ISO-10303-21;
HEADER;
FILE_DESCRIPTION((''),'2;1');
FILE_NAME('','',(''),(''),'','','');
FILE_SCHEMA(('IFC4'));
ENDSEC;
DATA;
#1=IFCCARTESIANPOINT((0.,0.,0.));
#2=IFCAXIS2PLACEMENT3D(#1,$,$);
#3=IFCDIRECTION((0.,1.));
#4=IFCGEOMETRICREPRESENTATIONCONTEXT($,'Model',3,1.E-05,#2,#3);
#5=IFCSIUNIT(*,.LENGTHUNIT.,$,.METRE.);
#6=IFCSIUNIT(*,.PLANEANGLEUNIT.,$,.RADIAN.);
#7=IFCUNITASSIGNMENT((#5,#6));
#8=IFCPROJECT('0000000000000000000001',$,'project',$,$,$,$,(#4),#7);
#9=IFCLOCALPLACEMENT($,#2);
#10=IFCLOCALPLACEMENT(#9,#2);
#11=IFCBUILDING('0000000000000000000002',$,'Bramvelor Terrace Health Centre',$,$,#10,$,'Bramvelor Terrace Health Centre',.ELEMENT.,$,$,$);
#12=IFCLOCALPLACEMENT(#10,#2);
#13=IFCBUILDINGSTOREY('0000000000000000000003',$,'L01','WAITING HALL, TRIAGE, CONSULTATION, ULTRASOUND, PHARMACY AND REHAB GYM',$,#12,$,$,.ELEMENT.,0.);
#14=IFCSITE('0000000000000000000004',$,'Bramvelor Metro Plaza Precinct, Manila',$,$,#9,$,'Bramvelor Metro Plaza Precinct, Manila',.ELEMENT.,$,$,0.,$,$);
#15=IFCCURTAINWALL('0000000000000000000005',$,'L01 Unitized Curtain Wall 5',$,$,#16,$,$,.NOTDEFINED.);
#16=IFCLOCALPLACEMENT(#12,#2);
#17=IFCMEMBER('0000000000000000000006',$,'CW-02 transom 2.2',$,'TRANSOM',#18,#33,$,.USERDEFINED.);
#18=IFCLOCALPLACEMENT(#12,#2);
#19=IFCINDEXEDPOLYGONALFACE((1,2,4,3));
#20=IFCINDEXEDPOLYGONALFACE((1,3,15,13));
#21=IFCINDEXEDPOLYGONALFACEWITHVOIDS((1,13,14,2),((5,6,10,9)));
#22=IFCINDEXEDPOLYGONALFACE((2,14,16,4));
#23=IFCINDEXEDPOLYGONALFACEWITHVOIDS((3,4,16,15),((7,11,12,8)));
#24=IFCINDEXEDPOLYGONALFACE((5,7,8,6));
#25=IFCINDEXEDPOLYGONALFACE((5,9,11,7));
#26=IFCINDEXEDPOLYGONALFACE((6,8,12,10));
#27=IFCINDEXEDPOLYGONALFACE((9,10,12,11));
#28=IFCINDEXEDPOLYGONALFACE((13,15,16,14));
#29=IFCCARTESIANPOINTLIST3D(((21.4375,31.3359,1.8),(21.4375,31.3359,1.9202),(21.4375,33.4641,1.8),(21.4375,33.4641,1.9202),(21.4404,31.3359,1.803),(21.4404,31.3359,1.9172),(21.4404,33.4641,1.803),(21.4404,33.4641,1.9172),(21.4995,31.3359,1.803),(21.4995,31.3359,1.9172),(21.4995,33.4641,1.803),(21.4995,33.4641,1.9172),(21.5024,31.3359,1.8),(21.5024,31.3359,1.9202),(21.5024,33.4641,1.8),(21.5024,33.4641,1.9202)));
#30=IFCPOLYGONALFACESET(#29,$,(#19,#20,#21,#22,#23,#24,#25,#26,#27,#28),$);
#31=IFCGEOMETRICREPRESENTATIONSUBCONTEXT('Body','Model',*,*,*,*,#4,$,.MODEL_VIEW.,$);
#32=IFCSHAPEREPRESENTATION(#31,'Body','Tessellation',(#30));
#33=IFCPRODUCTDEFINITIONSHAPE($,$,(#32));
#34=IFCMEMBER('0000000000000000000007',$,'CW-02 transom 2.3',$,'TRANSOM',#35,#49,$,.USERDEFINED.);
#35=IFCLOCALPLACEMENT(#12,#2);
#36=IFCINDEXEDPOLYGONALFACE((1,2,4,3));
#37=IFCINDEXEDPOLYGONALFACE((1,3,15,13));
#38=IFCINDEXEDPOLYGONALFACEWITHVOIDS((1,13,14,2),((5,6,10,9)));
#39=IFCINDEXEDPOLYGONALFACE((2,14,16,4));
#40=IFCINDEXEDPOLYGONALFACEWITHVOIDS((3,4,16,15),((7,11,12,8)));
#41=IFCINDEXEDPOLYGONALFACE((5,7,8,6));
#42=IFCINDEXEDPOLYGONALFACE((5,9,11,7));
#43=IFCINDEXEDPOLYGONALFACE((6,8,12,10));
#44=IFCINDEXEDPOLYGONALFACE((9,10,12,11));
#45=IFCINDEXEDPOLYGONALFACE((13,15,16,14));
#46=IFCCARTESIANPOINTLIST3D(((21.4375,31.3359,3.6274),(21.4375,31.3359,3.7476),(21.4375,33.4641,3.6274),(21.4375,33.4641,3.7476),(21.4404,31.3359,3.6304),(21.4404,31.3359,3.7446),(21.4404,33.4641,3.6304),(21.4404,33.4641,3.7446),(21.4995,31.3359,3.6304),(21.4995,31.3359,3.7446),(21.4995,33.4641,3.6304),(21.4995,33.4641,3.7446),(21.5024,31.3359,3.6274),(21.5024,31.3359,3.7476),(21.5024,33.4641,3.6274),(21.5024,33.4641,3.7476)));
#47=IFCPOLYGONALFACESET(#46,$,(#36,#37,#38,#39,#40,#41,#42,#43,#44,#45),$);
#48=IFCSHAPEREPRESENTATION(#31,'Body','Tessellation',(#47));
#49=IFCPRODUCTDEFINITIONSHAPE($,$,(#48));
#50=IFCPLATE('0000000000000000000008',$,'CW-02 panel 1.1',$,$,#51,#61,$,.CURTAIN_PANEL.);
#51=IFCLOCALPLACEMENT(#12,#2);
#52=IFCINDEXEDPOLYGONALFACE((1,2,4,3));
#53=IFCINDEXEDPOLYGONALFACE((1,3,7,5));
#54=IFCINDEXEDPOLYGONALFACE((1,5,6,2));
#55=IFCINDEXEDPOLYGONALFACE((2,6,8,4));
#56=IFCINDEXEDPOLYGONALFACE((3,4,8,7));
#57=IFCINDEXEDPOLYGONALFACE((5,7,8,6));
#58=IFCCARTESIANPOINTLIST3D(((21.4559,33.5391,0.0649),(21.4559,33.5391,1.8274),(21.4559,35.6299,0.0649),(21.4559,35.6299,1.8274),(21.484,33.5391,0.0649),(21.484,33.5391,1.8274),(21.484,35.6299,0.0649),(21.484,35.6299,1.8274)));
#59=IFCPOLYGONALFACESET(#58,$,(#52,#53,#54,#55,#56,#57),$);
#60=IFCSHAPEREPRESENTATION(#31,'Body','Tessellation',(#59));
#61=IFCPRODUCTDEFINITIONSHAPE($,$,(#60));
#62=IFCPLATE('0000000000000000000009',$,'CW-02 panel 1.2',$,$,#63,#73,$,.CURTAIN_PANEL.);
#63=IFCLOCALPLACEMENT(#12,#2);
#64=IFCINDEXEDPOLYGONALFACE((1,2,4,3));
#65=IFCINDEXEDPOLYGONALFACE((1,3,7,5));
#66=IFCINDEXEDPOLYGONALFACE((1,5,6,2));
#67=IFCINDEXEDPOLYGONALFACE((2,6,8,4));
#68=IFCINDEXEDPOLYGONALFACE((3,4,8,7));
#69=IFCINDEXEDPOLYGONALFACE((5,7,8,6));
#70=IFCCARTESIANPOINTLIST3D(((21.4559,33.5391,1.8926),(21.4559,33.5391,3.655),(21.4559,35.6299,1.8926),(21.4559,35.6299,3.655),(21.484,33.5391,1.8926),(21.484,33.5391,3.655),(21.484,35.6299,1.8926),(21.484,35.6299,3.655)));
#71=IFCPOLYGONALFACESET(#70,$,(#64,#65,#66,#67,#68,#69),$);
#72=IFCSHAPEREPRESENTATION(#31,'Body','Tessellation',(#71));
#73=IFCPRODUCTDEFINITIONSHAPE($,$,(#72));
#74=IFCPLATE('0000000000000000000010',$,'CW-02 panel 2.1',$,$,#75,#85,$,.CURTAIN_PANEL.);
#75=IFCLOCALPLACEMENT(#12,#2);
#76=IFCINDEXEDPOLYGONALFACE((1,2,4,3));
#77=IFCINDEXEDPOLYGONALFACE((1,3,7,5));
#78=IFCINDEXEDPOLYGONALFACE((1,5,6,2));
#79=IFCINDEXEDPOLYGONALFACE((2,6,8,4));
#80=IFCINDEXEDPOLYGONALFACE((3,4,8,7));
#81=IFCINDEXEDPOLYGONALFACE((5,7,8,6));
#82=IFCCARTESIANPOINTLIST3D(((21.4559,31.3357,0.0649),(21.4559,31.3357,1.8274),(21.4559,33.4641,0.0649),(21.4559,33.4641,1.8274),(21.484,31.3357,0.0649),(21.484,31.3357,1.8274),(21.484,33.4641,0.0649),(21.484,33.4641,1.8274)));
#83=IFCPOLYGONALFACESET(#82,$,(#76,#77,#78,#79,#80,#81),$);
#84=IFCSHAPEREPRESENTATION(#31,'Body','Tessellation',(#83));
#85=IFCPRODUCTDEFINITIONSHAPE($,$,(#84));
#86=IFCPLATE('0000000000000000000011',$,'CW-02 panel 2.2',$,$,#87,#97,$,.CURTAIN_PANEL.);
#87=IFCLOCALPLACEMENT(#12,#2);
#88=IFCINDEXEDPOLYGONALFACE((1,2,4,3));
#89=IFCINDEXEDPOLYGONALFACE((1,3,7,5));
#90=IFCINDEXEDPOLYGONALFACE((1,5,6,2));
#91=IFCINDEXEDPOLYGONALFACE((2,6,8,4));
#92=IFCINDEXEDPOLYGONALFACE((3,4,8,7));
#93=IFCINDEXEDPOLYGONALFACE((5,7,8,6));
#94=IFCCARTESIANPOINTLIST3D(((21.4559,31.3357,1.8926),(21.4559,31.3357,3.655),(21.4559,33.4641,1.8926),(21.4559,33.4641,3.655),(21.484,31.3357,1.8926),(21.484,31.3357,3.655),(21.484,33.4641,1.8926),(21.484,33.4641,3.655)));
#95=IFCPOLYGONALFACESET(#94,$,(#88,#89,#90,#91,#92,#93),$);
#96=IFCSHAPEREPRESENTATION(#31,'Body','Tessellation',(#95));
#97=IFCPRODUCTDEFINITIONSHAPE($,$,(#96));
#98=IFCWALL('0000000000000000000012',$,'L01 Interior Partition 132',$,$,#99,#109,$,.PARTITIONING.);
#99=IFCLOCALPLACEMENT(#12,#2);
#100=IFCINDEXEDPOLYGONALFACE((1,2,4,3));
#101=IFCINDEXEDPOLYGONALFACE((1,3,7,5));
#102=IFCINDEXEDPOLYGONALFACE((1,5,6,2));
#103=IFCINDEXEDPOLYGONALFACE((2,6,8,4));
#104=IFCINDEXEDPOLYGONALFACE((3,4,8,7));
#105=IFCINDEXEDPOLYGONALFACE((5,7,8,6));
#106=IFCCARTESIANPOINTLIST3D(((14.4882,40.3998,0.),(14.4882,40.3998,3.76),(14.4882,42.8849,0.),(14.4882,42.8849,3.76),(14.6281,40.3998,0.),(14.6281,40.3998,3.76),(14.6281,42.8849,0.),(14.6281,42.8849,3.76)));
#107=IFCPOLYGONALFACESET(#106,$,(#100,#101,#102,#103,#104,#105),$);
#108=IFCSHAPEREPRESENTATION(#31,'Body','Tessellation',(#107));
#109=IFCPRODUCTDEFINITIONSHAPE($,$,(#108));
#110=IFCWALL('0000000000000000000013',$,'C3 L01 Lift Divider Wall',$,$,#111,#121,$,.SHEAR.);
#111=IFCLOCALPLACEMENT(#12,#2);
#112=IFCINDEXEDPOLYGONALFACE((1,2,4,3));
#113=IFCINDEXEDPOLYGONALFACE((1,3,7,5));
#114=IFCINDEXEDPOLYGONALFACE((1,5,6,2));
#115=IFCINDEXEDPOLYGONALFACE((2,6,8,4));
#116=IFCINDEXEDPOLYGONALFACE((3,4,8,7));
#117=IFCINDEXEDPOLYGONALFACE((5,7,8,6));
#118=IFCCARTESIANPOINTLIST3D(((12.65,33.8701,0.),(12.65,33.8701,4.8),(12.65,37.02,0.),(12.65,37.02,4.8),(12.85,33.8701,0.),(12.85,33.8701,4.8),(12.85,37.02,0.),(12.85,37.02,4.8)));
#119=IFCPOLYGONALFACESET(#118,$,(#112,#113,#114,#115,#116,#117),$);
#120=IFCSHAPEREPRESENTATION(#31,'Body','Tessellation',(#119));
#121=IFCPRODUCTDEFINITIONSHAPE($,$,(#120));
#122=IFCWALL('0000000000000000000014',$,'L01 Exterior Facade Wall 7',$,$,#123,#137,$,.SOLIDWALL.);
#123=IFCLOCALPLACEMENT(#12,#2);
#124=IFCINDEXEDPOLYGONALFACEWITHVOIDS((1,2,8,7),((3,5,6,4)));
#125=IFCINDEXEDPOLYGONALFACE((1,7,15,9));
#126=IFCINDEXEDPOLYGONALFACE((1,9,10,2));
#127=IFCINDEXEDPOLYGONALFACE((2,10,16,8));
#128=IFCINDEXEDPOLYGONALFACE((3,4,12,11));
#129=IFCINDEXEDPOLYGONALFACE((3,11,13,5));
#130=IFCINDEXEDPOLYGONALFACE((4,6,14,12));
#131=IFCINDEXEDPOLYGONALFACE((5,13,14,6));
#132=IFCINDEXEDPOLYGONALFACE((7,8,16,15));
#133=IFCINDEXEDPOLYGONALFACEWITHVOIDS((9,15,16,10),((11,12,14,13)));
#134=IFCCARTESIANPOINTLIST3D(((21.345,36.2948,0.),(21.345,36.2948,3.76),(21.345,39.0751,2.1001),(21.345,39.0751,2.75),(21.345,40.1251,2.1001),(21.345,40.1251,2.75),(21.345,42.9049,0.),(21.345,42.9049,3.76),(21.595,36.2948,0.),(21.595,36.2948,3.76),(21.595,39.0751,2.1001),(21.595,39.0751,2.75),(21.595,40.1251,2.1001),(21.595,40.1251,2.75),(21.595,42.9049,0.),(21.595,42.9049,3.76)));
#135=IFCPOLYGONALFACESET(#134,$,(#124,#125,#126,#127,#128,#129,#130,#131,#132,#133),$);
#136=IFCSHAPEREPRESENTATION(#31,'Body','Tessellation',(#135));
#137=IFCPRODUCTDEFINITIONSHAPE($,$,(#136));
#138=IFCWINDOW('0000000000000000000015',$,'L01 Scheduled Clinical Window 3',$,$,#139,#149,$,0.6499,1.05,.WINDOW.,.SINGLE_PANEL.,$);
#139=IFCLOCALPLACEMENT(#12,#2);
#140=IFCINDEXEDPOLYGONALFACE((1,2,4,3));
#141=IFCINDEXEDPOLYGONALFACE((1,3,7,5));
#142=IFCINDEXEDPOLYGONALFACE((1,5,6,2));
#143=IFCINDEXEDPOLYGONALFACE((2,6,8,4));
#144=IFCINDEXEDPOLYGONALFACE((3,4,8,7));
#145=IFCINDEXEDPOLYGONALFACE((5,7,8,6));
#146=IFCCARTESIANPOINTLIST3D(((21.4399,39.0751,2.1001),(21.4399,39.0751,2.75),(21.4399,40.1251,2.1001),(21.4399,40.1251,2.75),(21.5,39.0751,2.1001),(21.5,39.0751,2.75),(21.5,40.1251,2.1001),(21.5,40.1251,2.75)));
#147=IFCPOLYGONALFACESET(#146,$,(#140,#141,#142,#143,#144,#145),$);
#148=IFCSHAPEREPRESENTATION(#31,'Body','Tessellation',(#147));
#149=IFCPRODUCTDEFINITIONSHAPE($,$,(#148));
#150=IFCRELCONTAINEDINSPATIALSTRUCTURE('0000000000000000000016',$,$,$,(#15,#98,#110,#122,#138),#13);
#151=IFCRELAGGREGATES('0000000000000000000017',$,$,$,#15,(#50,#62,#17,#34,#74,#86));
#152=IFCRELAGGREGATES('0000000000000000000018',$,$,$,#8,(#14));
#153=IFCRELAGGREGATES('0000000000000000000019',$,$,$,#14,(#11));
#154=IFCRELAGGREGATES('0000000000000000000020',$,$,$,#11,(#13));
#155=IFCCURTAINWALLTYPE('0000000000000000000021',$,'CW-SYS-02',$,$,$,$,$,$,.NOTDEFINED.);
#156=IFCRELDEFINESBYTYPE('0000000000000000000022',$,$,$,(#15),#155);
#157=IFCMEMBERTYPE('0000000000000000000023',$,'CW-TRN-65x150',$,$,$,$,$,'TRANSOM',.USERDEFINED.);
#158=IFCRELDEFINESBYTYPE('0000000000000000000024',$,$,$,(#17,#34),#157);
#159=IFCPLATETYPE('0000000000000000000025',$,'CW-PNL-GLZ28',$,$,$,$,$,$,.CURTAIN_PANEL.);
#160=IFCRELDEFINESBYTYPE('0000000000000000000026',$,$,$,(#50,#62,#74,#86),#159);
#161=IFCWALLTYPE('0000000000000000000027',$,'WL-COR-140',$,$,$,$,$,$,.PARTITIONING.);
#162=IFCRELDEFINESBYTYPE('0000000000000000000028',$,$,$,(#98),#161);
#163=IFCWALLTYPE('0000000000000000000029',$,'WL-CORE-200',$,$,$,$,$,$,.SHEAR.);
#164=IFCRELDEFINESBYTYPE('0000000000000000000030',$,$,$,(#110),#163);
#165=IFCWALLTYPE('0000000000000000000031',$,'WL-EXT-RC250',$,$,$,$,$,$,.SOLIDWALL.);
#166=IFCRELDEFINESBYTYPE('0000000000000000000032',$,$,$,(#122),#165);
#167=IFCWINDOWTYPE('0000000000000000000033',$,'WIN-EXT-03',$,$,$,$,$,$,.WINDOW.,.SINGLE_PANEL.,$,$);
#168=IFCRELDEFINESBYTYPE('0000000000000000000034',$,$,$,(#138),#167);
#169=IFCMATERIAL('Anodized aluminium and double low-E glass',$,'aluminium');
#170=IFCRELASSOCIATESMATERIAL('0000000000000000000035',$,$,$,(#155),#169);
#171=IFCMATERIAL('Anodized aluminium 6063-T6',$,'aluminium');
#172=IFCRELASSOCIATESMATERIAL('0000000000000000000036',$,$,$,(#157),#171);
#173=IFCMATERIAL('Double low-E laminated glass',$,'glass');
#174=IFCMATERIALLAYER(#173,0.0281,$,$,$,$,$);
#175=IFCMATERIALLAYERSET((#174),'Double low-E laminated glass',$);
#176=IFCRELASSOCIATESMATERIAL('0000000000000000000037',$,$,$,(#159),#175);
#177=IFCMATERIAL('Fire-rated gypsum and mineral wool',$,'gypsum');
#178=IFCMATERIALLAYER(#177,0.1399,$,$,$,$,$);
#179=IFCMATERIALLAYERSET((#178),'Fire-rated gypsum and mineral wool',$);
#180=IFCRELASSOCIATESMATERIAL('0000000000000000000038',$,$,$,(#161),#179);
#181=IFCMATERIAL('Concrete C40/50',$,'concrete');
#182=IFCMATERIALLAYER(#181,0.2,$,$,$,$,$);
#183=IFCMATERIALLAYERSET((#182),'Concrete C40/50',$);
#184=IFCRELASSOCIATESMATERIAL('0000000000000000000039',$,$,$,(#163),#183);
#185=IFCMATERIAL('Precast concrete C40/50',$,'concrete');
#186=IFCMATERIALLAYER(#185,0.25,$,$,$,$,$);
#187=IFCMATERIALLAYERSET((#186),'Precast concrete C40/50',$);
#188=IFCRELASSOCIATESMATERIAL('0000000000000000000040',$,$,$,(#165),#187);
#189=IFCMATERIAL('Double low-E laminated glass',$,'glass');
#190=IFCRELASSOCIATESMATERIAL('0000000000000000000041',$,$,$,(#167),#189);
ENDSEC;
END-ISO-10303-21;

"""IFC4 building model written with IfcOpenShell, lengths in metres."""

from ifc_helpers import new_model, si_unit, direction, frame, frame_2d, origin, origin_2d, place, context, subcontext, project, spatial, rectangle, hollow_rectangle, extrude, material, layer, layer_set, material_profile, profile_set, type_object, element, fill, aggregate, save


model = new_model("IFC4")

# Units and contexts
model_context = context("Model", 3, precision=1e-05, world=origin(), true_north=direction((0.0, 1.0)))
body_context = subcontext(model_context, "Body", "Model", "MODEL_VIEW")
ifc_project = project(units=[si_unit("LENGTHUNIT", "METRE"), si_unit("PLANEANGLEUNIT", "RADIAN")], contexts=[model_context])

# Site, building, storey
site_placement = place(None, origin())
site = spatial("IfcSite", under=ifc_project, at=site_placement, Name="Bramvelor Metro Plaza Precinct, Manila", LongName="Bramvelor Metro Plaza Precinct, Manila", CompositionType="ELEMENT", RefElevation=0.0)
building_placement = place(site_placement, origin())
building = spatial("IfcBuilding", under=site, at=building_placement, Name="Bramvelor Terrace Health Centre", LongName="Bramvelor Terrace Health Centre", CompositionType="ELEMENT")
storey_placement = place(building_placement, origin())
storey = spatial("IfcBuildingStorey", under=building, at=storey_placement, Name="L01", Description="WAITING HALL, TRIAGE, CONSULTATION, ULTRASOUND, PHARMACY AND REHAB GYM", CompositionType="ELEMENT", Elevation=0.0)

# Curtain wall, members, plates
ifc_material_1 = material(Name="Anodized aluminium and double low-E glass", Category="aluminium")
curtain_wall_type = type_object("IfcCurtainWallType", Name="CW-SYS-02", PredefinedType="NOTDEFINED", material=ifc_material_1)
curtain_wall_placement = place(storey_placement, origin())
curtain_wall = element("IfcCurtainWall", 1, at=curtain_wall_placement, inside=storey, type_object=curtain_wall_type, Name="L01 Unitized Curtain Wall 5", PredefinedType="NOTDEFINED")
ifc_material_2 = material(Name="Anodized aluminium 6063-T6", Category="aluminium")
ifc_material_profile_1 = material_profile(ifc_material_2, hollow_rectangle(XDim=0.0649, YDim=0.1201, WallThickness=0.0029, at=origin_2d()), Name="ALU-TRN 65x120x3.0")
ifc_profile_set_1 = profile_set([ifc_material_profile_1], Name="Anodized aluminium 6063-T6")
member_type_1 = type_object("IfcMemberType", Name="CW-TRN-65x150", ElementType="TRANSOM", PredefinedType="USERDEFINED", material=ifc_profile_set_1)
member_1_placement = place(storey_placement, frame((21.47, 33.4641, 1.8601), z_axis=(0.0, -1.0, 0.0), x_axis=(1.0, 0.0, 0.0)))
member_1 = element("IfcMember", 2, at=member_1_placement, type_object=member_type_1, Name="CW-02 transom 2.2", ObjectType="TRANSOM", PredefinedType="USERDEFINED", context=body_context, shape_type="SweptSolid", body=[
    extrude(hollow_rectangle(XDim=0.0649, YDim=0.1201, WallThickness=0.0029, at=origin_2d()), origin(), (0.0, 0.0, 1.0), 2.1282),
])
member_2_placement = place(storey_placement, frame((21.47, 33.4641, 3.6875), z_axis=(0.0, -1.0, 0.0), x_axis=(1.0, 0.0, 0.0)))
member_2 = element("IfcMember", 3, at=member_2_placement, type_object=member_type_1, Name="CW-02 transom 2.3", ObjectType="TRANSOM", PredefinedType="USERDEFINED", context=body_context, shape_type="SweptSolid", body=[
    extrude(hollow_rectangle(XDim=0.0649, YDim=0.1201, WallThickness=0.0029, at=origin_2d()), origin(), (0.0, 0.0, 1.0), 2.1282),
])
ifc_material_3 = material(Name="Double low-E laminated glass", Category="glass")
ifc_layer_1 = layer(ifc_material_3, 0.0281)
ifc_layer_set_1 = layer_set([ifc_layer_1], Name="Double low-E laminated glass")
plate_type = type_object("IfcPlateType", Name="CW-PNL-GLZ28", PredefinedType="CURTAIN_PANEL", material=ifc_layer_set_1)
plate_1_placement = place(storey_placement, frame((21.47, 34.5845, 0.0649), z_axis=(0.0, 0.0, 1.0), x_axis=(0.0, -1.0, 0.0)))
plate_1 = element("IfcPlate", 4, at=plate_1_placement, type_object=plate_type, Name="CW-02 panel 1.1", PredefinedType="CURTAIN_PANEL", context=body_context, shape_type="SweptSolid", body=[
    extrude(rectangle(XDim=2.0908, YDim=0.0281, at=origin_2d()), origin(), (0.0, 0.0, 1.0), 1.7625),
])
plate_2_placement = place(storey_placement, frame((21.47, 34.5845, 1.8926), z_axis=(0.0, 0.0, 1.0), x_axis=(0.0, -1.0, 0.0)))
plate_2 = element("IfcPlate", 5, at=plate_2_placement, type_object=plate_type, Name="CW-02 panel 1.2", PredefinedType="CURTAIN_PANEL", context=body_context, shape_type="SweptSolid", body=[
    extrude(rectangle(XDim=2.0908, YDim=0.0281, at=origin_2d()), origin(), (0.0, 0.0, 1.0), 1.7625),
])
plate_3_placement = place(storey_placement, frame((21.47, 32.3999, 0.0649), z_axis=(0.0, 0.0, 1.0), x_axis=(0.0, -1.0, 0.0)))
plate_3 = element("IfcPlate", 6, at=plate_3_placement, type_object=plate_type, Name="CW-02 panel 2.1", PredefinedType="CURTAIN_PANEL", context=body_context, shape_type="SweptSolid", body=[
    extrude(rectangle(XDim=2.1284, YDim=0.0281, at=origin_2d()), origin(), (0.0, 0.0, 1.0), 1.7625),
])
plate_4_placement = place(storey_placement, frame((21.47, 32.3999, 1.8926), z_axis=(0.0, 0.0, 1.0), x_axis=(0.0, -1.0, 0.0)))
plate_4 = element("IfcPlate", 7, at=plate_4_placement, type_object=plate_type, Name="CW-02 panel 2.2", PredefinedType="CURTAIN_PANEL", context=body_context, shape_type="SweptSolid", body=[
    extrude(rectangle(XDim=2.1284, YDim=0.0281, at=origin_2d()), origin(), (0.0, 0.0, 1.0), 1.7625),
])
aggregate(curtain_wall, [plate_1, plate_2, member_1, member_2, plate_3, plate_4])

# Walls
ifc_material_4 = material(Name="Fire-rated gypsum and mineral wool", Category="gypsum")
ifc_layer_2 = layer(ifc_material_4, 0.1399)
ifc_layer_set_2 = layer_set([ifc_layer_2], Name="Fire-rated gypsum and mineral wool")
wall_type_1 = type_object("IfcWallType", Name="WL-COR-140", PredefinedType="PARTITIONING", material=ifc_layer_set_2)
wall_1_placement = place(storey_placement, frame((14.5581, 42.885, 0.0), z_axis=(0.0, 0.0, 1.0), x_axis=(0.0, -1.0, 0.0)))
element("IfcWall", 8, at=wall_1_placement, inside=storey, type_object=wall_type_1, Name="L01 Interior Partition 132", PredefinedType="PARTITIONING", context=body_context, shape_type="SweptSolid", body=[
    extrude(rectangle(XDim=2.4851, YDim=0.1399, at=frame_2d((1.2427, 0.0))), origin(), (0.0, 0.0, 1.0), 3.76),
])
ifc_material_5 = material(Name="Concrete C40/50", Category="concrete")
ifc_layer_3 = layer(ifc_material_5, 0.2)
ifc_layer_set_3 = layer_set([ifc_layer_3], Name="Concrete C40/50")
wall_type_2 = type_object("IfcWallType", Name="WL-CORE-200", PredefinedType="SHEAR", material=ifc_layer_set_3)
wall_2_placement = place(storey_placement, frame((12.75, 33.8701, 0.0), z_axis=(0.0, 0.0, 1.0), x_axis=(0.0, 1.0, 0.0)))
element("IfcWall", 9, at=wall_2_placement, inside=storey, type_object=wall_type_2, Name="C3 L01 Lift Divider Wall", PredefinedType="SHEAR", context=body_context, shape_type="SweptSolid", body=[
    extrude(rectangle(XDim=3.1499, YDim=0.2, at=frame_2d((1.575, 0.0))), origin(), (0.0, 0.0, 1.0), 4.8),
])

# Wall, opening, window
ifc_material_6 = material(Name="Precast concrete C40/50", Category="concrete")
ifc_layer_4 = layer(ifc_material_6, 0.25)
ifc_layer_set_4 = layer_set([ifc_layer_4], Name="Precast concrete C40/50")
wall_type_3 = type_object("IfcWallType", Name="WL-EXT-RC250", PredefinedType="SOLIDWALL", material=ifc_layer_set_4)
wall_3_placement = place(storey_placement, frame((21.47, 42.905, 0.0), z_axis=(0.0, 0.0, 1.0), x_axis=(0.0, -1.0, 0.0)))
wall_3 = element("IfcWall", 10, at=wall_3_placement, inside=storey, type_object=wall_type_3, Name="L01 Exterior Facade Wall 7", PredefinedType="SOLIDWALL", context=body_context, shape_type="SweptSolid", body=[
    extrude(rectangle(XDim=6.6101, YDim=0.25, at=frame_2d((3.3052, 0.0))), origin(), (0.0, 0.0, 1.0), 3.76),
])
opening_1_placement = place(wall_3_placement, frame((2.78, 0.0, 2.1001)))
opening_1 = element("IfcOpeningElement", 11, at=opening_1_placement, cuts=wall_3, PredefinedType="OPENING", context=body_context, shape_type="SweptSolid", body=[
    extrude(rectangle(XDim=1.05, YDim=0.6499, at=frame_2d((0.5249, 0.325))), frame((0.0, 0.135, 0.0), z_axis=(0.0, -1.0, 0.0), x_axis=(1.0, 0.0, 0.0)), (0.0, 0.0, 1.0), 0.27),
])
ifc_material_7 = material(Name="Double low-E laminated glass", Category="glass")
window_type = type_object("IfcWindowType", Name="WIN-EXT-03", PartitioningType="SINGLE_PANEL", PredefinedType="WINDOW", material=ifc_material_7)
window_placement = place(opening_1_placement, origin())
window = element("IfcWindow", 12, at=window_placement, inside=storey, type_object=window_type, Name="L01 Scheduled Clinical Window 3", OverallHeight=0.6499, OverallWidth=1.05, PartitioningType="SINGLE_PANEL", PredefinedType="WINDOW", context=body_context, shape_type="SweptSolid", body=[
    extrude(rectangle(XDim=1.05, YDim=0.6499, at=frame_2d((0.5249, 0.325))), frame((0.0, 0.03, 0.0), z_axis=(0.0, -1.0, 0.0), x_axis=(1.0, 0.0, 0.0)), (0.0, 0.0, 1.0), 0.0601),
])
fill(opening_1, window)

save(model, "model.ifc")
